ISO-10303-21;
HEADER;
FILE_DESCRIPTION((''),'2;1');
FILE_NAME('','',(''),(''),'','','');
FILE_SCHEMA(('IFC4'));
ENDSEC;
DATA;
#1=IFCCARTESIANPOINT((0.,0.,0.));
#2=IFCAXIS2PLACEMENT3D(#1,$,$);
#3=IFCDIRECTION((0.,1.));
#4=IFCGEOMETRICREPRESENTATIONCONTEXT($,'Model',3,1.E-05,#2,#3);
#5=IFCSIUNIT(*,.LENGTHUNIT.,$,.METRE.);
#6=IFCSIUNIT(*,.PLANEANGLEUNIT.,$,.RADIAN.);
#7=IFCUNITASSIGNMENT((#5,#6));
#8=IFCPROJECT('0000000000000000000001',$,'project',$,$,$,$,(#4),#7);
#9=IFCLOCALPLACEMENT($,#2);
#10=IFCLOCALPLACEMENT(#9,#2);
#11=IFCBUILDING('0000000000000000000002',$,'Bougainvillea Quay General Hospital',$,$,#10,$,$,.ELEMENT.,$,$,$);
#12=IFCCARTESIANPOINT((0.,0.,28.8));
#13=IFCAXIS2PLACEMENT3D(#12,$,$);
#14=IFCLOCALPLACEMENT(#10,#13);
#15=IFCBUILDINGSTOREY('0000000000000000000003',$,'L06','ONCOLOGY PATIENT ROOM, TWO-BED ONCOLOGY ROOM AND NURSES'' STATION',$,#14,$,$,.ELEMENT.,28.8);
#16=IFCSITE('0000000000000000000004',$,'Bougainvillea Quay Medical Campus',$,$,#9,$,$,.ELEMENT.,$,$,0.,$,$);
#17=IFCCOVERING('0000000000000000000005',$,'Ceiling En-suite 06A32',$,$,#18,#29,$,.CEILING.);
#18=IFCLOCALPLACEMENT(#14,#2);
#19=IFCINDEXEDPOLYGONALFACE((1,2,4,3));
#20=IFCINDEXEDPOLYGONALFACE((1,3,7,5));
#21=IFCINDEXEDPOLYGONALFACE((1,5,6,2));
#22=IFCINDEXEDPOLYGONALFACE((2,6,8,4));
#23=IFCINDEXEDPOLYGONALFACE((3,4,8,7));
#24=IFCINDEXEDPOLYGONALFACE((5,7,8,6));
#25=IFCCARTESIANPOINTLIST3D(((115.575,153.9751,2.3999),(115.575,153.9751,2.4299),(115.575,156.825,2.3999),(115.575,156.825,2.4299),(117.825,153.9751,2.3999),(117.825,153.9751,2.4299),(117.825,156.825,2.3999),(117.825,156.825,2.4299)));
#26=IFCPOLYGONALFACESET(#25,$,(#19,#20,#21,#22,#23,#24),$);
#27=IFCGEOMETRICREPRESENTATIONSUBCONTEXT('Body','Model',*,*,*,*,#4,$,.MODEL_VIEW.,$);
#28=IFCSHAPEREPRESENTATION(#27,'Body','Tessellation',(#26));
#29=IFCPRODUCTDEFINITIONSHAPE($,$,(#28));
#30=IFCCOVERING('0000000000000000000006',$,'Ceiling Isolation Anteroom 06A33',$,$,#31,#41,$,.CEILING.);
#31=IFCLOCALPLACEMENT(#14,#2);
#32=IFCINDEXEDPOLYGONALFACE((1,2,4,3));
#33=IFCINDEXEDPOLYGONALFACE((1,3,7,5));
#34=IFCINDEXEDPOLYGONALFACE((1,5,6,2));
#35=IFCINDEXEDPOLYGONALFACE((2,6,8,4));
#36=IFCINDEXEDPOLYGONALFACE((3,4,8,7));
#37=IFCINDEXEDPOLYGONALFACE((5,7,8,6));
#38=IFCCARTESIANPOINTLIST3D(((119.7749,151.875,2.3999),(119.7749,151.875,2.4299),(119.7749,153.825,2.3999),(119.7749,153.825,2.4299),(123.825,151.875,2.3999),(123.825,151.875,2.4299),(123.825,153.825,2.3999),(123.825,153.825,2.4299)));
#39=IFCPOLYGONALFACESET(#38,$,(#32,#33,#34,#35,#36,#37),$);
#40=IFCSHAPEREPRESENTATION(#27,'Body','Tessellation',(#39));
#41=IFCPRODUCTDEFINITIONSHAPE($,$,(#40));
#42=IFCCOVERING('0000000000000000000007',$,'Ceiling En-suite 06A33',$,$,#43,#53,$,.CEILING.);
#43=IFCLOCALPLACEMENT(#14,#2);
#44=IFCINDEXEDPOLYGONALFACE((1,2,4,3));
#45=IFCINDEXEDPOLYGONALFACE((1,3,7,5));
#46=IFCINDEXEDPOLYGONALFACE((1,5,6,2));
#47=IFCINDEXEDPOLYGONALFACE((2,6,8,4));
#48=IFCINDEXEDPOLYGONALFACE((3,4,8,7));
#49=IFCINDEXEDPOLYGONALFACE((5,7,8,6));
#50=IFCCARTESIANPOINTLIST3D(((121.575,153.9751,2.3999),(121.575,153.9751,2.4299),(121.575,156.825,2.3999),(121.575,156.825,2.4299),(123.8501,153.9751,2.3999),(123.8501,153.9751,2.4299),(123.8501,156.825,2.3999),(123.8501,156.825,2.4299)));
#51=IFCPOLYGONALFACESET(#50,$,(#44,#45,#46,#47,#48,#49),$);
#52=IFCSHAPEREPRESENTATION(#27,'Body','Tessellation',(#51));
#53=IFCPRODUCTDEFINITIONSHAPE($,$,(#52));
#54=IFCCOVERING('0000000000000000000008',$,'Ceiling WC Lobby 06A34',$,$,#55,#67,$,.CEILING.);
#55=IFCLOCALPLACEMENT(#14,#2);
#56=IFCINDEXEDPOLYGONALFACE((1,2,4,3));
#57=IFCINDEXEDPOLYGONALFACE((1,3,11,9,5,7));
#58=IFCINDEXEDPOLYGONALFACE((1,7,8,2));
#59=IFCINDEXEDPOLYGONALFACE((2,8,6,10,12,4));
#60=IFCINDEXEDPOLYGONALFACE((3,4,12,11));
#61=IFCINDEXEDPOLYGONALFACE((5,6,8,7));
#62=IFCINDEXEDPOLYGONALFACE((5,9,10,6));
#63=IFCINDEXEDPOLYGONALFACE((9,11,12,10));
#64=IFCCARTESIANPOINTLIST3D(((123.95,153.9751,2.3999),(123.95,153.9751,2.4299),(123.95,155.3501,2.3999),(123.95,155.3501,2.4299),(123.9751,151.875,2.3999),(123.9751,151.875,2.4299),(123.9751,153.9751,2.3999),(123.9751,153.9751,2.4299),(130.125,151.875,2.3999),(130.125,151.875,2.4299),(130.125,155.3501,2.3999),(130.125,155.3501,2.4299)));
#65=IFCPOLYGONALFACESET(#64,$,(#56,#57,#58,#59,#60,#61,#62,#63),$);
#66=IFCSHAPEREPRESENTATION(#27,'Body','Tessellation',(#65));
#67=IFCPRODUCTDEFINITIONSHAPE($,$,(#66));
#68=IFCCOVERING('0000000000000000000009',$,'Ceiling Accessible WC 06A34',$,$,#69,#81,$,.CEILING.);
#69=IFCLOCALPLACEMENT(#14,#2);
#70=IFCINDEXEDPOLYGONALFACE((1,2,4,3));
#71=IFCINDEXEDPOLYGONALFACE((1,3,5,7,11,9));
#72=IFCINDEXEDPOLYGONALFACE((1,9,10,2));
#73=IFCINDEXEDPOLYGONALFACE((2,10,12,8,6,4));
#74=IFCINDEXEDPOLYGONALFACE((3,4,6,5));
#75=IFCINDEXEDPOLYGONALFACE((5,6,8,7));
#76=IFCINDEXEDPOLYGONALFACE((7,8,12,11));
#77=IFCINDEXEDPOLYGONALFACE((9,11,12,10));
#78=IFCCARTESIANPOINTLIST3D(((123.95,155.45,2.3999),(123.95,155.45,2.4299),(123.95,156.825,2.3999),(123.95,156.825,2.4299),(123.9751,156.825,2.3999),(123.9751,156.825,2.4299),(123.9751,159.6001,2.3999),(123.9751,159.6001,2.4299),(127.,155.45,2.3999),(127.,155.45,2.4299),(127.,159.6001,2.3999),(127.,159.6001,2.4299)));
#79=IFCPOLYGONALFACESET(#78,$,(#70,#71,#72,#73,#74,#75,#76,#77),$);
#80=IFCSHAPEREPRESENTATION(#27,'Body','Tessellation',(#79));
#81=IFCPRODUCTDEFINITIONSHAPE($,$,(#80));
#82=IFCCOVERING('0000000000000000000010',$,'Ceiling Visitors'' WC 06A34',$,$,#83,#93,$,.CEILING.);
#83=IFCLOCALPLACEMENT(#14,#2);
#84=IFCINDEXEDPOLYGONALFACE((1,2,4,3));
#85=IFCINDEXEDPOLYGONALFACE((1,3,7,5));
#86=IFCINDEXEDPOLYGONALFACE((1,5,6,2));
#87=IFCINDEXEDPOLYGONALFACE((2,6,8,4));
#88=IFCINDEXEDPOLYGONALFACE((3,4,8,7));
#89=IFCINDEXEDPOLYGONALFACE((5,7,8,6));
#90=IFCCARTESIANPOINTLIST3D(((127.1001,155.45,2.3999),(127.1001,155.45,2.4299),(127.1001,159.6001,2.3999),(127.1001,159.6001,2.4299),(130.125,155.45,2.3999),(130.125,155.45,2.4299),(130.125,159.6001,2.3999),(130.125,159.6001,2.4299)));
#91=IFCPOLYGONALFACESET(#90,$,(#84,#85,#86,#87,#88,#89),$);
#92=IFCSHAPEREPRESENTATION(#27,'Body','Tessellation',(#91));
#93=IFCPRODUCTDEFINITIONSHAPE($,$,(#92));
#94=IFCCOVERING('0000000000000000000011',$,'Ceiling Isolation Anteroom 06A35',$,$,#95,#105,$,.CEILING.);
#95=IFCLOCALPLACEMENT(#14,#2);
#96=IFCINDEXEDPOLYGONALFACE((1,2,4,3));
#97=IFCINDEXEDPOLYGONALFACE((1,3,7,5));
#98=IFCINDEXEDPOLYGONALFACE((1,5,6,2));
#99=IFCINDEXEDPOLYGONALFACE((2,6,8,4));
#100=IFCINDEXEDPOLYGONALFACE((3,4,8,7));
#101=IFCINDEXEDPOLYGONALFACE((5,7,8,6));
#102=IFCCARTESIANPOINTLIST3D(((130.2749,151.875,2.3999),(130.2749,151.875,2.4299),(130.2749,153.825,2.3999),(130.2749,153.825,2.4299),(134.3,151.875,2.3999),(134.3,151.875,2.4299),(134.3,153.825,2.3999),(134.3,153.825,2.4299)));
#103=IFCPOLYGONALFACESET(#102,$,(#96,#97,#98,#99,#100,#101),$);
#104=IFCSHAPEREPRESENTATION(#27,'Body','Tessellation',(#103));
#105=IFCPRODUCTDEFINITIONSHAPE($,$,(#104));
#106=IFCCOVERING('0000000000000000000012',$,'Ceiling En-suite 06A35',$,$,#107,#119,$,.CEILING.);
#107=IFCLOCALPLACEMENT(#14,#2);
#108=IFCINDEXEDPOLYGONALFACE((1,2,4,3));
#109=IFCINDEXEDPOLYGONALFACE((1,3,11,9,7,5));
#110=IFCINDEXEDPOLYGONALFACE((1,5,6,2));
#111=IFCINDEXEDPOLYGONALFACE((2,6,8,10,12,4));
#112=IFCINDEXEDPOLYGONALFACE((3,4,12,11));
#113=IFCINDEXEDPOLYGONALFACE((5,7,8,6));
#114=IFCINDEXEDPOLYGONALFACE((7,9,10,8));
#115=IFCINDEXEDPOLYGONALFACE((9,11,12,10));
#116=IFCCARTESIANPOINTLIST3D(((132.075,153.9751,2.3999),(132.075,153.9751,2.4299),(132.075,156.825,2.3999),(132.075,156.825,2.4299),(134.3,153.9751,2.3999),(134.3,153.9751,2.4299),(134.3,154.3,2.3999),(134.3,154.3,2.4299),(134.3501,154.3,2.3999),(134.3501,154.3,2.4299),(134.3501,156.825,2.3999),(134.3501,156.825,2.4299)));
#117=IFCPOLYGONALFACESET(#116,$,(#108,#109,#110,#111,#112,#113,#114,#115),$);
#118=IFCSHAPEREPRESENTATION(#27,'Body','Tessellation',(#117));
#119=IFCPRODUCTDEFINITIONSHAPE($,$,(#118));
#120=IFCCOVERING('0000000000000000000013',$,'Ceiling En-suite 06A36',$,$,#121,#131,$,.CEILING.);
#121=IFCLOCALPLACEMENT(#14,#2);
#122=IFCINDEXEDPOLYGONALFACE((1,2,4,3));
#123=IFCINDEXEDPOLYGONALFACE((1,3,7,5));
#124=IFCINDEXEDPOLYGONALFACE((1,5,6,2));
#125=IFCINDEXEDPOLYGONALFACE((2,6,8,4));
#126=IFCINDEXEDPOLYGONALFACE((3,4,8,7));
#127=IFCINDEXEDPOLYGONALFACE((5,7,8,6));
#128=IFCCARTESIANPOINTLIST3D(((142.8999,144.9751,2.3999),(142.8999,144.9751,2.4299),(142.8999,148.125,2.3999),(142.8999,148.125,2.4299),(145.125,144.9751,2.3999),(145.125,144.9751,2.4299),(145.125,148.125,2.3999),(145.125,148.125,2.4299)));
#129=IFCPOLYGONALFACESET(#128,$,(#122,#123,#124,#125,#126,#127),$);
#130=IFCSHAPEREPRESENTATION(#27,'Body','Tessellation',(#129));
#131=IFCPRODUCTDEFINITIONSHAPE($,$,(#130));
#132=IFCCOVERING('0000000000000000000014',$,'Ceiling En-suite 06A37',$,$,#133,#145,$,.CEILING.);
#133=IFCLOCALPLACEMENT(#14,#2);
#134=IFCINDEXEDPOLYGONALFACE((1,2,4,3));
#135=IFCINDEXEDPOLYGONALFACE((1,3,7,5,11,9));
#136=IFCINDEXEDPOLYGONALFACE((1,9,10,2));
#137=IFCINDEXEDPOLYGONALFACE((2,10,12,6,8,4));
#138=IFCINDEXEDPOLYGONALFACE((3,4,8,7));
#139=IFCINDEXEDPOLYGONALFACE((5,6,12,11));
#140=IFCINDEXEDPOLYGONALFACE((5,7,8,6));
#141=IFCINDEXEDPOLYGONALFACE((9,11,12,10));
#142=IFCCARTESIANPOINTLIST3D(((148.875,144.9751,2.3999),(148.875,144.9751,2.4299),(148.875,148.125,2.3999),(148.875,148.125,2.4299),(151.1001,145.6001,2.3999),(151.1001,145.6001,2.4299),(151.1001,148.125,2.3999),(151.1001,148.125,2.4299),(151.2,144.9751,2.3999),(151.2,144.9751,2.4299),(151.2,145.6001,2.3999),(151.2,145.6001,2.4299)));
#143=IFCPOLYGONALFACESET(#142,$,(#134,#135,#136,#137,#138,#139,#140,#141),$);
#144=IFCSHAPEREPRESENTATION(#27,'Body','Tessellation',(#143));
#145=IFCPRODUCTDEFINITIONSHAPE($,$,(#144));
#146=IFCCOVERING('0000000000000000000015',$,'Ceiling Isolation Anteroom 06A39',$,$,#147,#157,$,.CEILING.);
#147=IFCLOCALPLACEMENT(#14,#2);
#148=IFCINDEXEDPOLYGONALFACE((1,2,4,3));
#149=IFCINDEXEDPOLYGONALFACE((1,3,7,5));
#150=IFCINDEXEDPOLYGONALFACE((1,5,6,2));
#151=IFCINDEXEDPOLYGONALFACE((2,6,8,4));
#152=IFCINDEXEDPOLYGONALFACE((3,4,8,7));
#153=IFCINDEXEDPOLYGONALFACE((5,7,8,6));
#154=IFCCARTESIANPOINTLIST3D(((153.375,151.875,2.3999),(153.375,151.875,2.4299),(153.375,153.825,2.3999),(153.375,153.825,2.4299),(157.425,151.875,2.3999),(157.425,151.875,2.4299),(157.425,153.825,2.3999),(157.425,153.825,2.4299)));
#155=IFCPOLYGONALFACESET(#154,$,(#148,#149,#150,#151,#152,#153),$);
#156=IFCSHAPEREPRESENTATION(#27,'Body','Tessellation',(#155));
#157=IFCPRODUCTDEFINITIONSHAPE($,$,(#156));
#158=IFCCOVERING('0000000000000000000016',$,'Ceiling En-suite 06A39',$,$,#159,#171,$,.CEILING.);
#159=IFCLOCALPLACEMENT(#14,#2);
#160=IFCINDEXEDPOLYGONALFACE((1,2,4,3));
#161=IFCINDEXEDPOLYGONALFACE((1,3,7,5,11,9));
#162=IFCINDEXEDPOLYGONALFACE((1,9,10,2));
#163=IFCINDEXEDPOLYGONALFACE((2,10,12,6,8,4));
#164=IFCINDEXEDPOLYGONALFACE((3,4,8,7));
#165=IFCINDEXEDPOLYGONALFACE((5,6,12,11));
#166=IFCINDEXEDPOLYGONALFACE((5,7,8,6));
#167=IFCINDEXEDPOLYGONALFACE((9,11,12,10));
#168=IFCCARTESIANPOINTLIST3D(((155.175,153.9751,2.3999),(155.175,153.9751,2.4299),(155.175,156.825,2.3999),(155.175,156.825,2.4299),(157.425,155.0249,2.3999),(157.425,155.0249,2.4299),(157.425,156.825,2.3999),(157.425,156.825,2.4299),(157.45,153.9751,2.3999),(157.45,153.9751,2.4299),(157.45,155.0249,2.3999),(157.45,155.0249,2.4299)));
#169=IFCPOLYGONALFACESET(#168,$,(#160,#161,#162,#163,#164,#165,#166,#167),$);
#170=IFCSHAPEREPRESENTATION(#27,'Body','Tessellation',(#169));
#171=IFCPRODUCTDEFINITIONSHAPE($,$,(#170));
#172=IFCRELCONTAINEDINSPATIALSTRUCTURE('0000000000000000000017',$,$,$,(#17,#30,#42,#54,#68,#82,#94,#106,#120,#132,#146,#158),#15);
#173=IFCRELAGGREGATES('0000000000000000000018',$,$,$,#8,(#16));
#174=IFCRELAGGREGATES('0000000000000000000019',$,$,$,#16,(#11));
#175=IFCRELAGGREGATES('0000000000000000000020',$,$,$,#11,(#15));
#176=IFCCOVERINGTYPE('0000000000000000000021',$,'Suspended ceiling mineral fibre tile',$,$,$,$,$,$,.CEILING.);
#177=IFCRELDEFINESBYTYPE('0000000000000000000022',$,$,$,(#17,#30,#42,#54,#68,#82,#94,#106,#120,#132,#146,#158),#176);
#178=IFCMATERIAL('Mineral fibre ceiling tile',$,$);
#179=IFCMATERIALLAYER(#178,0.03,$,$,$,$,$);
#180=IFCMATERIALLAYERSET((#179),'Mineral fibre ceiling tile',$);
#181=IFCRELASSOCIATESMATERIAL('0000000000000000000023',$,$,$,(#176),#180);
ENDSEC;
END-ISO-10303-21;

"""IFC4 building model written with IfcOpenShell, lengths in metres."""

from ifc_helpers import new_model, si_unit, direction, frame, origin, place, context, subcontext, project, spatial, polyline, outline, extrude, material, layer, layer_set, type_object, element, save


model = new_model("IFC4")

# Units and contexts
model_context = context("Model", 3, precision=1e-05, world=origin(), true_north=direction((0.0, 1.0)))
body_context = subcontext(model_context, "Body", "Model", "MODEL_VIEW")
ifc_project = project(units=[si_unit("LENGTHUNIT", "METRE"), si_unit("PLANEANGLEUNIT", "RADIAN")], contexts=[model_context])

# Site, building, storey
site_placement = place(None, origin())
site = spatial("IfcSite", under=ifc_project, at=site_placement, Name="Bougainvillea Quay Medical Campus", CompositionType="ELEMENT", RefElevation=0.0)
building_placement = place(site_placement, origin())
building = spatial("IfcBuilding", under=site, at=building_placement, Name="Bougainvillea Quay General Hospital", CompositionType="ELEMENT")
storey_placement = place(building_placement, frame((0.0, 0.0, 28.8)))
storey = spatial("IfcBuildingStorey", under=building, at=storey_placement, Name="L06", Description="ONCOLOGY PATIENT ROOM, TWO-BED ONCOLOGY ROOM AND NURSES' STATION", CompositionType="ELEMENT", Elevation=28.8)

# Coverings
ifc_material = material(Name="Mineral fibre ceiling tile")
ifc_layer = layer(ifc_material, 0.03)
ifc_layer_set = layer_set([ifc_layer], Name="Mineral fibre ceiling tile")
covering_type = type_object("IfcCoveringType", Name="Suspended ceiling mineral fibre tile", PredefinedType="CEILING", material=ifc_layer_set)
covering_1_placement = place(storey_placement, frame((0.0, 0.0, 2.3999)))
element("IfcCovering", 1, at=covering_1_placement, inside=storey, type_object=covering_type, Name="Ceiling En-suite 06A32", PredefinedType="CEILING", context=body_context, shape_type="SweptSolid", body=[
    extrude(outline(polyline([(115.575, 153.9751), (117.825, 153.9751), (117.825, 156.825), (115.575, 156.825), (115.575, 153.9751)])), origin(), (0.0, 0.0, 1.0), 0.03),
])
covering_2_placement = place(storey_placement, frame((0.0, 0.0, 2.3999)))
element("IfcCovering", 2, at=covering_2_placement, inside=storey, type_object=covering_type, Name="Ceiling Isolation Anteroom 06A33", PredefinedType="CEILING", context=body_context, shape_type="SweptSolid", body=[
    extrude(outline(polyline([(119.7749, 151.875), (123.825, 151.875), (123.825, 153.825), (119.7749, 153.825), (119.7749, 151.875)])), origin(), (0.0, 0.0, 1.0), 0.03),
])
covering_3_placement = place(storey_placement, frame((0.0, 0.0, 2.3999)))
element("IfcCovering", 3, at=covering_3_placement, inside=storey, type_object=covering_type, Name="Ceiling En-suite 06A33", PredefinedType="CEILING", context=body_context, shape_type="SweptSolid", body=[
    extrude(outline(polyline([(121.575, 156.825), (121.575, 153.9751), (123.8501, 153.9751), (123.8501, 156.825), (121.575, 156.825)])), origin(), (0.0, 0.0, 1.0), 0.03),
])
covering_4_placement = place(storey_placement, frame((0.0, 0.0, 2.3999)))
element("IfcCovering", 4, at=covering_4_placement, inside=storey, type_object=covering_type, Name="Ceiling WC Lobby 06A34", PredefinedType="CEILING", context=body_context, shape_type="SweptSolid", body=[
    extrude(outline(polyline([(123.9751, 153.9751), (123.9751, 151.875), (130.125, 151.875), (130.125, 155.3501), (123.95, 155.3501), (123.95, 153.9751), (123.9751, 153.9751)])), origin(), (0.0, 0.0, 1.0), 0.03),
])
covering_5_placement = place(storey_placement, frame((0.0, 0.0, 2.3999)))
element("IfcCovering", 5, at=covering_5_placement, inside=storey, type_object=covering_type, Name="Ceiling Accessible WC 06A34", PredefinedType="CEILING", context=body_context, shape_type="SweptSolid", body=[
    extrude(outline(polyline([(123.9751, 159.6001), (123.9751, 156.825), (123.95, 156.825), (123.95, 155.45), (127.0, 155.45), (127.0, 159.6001), (123.9751, 159.6001)])), origin(), (0.0, 0.0, 1.0), 0.03),
])
covering_6_placement = place(storey_placement, frame((0.0, 0.0, 2.3999)))
element("IfcCovering", 6, at=covering_6_placement, inside=storey, type_object=covering_type, Name="Ceiling Visitors' WC 06A34", PredefinedType="CEILING", context=body_context, shape_type="SweptSolid", body=[
    extrude(outline(polyline([(127.1001, 159.6001), (127.1001, 155.45), (130.125, 155.45), (130.125, 159.6001), (127.1001, 159.6001)])), origin(), (0.0, 0.0, 1.0), 0.03),
])
covering_7_placement = place(storey_placement, frame((0.0, 0.0, 2.3999)))
element("IfcCovering", 7, at=covering_7_placement, inside=storey, type_object=covering_type, Name="Ceiling Isolation Anteroom 06A35", PredefinedType="CEILING", context=body_context, shape_type="SweptSolid", body=[
    extrude(outline(polyline([(134.3, 153.825), (130.2749, 153.825), (130.2749, 151.875), (134.3, 151.875), (134.3, 153.825)])), origin(), (0.0, 0.0, 1.0), 0.03),
])
covering_8_placement = place(storey_placement, frame((0.0, 0.0, 2.3999)))
element("IfcCovering", 8, at=covering_8_placement, inside=storey, type_object=covering_type, Name="Ceiling En-suite 06A35", PredefinedType="CEILING", context=body_context, shape_type="SweptSolid", body=[
    extrude(outline(polyline([(134.3501, 154.3), (134.3501, 156.825), (132.075, 156.825), (132.075, 153.9751), (134.3, 153.9751), (134.3, 154.3), (134.3501, 154.3)])), origin(), (0.0, 0.0, 1.0), 0.03),
])
covering_9_placement = place(storey_placement, frame((0.0, 0.0, 2.3999)))
element("IfcCovering", 9, at=covering_9_placement, inside=storey, type_object=covering_type, Name="Ceiling En-suite 06A36", PredefinedType="CEILING", context=body_context, shape_type="SweptSolid", body=[
    extrude(outline(polyline([(142.8999, 144.9751), (145.125, 144.9751), (145.125, 148.125), (142.8999, 148.125), (142.8999, 144.9751)])), origin(), (0.0, 0.0, 1.0), 0.03),
])
covering_10_placement = place(storey_placement, frame((0.0, 0.0, 2.3999)))
element("IfcCovering", 10, at=covering_10_placement, inside=storey, type_object=covering_type, Name="Ceiling En-suite 06A37", PredefinedType="CEILING", context=body_context, shape_type="SweptSolid", body=[
    extrude(outline(polyline([(151.2, 145.6001), (151.1001, 145.6001), (151.1001, 148.125), (148.875, 148.125), (148.875, 144.9751), (151.2, 144.9751), (151.2, 145.6001)])), origin(), (0.0, 0.0, 1.0), 0.03),
])
covering_11_placement = place(storey_placement, frame((0.0, 0.0, 2.3999)))
element("IfcCovering", 11, at=covering_11_placement, inside=storey, type_object=covering_type, Name="Ceiling Isolation Anteroom 06A39", PredefinedType="CEILING", context=body_context, shape_type="SweptSolid", body=[
    extrude(outline(polyline([(157.425, 153.825), (153.375, 153.825), (153.375, 151.875), (157.425, 151.875), (157.425, 153.825)])), origin(), (0.0, 0.0, 1.0), 0.03),
])
covering_12_placement = place(storey_placement, frame((0.0, 0.0, 2.3999)))
element("IfcCovering", 12, at=covering_12_placement, inside=storey, type_object=covering_type, Name="Ceiling En-suite 06A39", PredefinedType="CEILING", context=body_context, shape_type="SweptSolid", body=[
    extrude(outline(polyline([(157.425, 156.825), (155.175, 156.825), (155.175, 153.9751), (157.45, 153.9751), (157.45, 155.0249), (157.425, 155.0249), (157.425, 156.825)])), origin(), (0.0, 0.0, 1.0), 0.03),
])

save(model, "model.ifc")
